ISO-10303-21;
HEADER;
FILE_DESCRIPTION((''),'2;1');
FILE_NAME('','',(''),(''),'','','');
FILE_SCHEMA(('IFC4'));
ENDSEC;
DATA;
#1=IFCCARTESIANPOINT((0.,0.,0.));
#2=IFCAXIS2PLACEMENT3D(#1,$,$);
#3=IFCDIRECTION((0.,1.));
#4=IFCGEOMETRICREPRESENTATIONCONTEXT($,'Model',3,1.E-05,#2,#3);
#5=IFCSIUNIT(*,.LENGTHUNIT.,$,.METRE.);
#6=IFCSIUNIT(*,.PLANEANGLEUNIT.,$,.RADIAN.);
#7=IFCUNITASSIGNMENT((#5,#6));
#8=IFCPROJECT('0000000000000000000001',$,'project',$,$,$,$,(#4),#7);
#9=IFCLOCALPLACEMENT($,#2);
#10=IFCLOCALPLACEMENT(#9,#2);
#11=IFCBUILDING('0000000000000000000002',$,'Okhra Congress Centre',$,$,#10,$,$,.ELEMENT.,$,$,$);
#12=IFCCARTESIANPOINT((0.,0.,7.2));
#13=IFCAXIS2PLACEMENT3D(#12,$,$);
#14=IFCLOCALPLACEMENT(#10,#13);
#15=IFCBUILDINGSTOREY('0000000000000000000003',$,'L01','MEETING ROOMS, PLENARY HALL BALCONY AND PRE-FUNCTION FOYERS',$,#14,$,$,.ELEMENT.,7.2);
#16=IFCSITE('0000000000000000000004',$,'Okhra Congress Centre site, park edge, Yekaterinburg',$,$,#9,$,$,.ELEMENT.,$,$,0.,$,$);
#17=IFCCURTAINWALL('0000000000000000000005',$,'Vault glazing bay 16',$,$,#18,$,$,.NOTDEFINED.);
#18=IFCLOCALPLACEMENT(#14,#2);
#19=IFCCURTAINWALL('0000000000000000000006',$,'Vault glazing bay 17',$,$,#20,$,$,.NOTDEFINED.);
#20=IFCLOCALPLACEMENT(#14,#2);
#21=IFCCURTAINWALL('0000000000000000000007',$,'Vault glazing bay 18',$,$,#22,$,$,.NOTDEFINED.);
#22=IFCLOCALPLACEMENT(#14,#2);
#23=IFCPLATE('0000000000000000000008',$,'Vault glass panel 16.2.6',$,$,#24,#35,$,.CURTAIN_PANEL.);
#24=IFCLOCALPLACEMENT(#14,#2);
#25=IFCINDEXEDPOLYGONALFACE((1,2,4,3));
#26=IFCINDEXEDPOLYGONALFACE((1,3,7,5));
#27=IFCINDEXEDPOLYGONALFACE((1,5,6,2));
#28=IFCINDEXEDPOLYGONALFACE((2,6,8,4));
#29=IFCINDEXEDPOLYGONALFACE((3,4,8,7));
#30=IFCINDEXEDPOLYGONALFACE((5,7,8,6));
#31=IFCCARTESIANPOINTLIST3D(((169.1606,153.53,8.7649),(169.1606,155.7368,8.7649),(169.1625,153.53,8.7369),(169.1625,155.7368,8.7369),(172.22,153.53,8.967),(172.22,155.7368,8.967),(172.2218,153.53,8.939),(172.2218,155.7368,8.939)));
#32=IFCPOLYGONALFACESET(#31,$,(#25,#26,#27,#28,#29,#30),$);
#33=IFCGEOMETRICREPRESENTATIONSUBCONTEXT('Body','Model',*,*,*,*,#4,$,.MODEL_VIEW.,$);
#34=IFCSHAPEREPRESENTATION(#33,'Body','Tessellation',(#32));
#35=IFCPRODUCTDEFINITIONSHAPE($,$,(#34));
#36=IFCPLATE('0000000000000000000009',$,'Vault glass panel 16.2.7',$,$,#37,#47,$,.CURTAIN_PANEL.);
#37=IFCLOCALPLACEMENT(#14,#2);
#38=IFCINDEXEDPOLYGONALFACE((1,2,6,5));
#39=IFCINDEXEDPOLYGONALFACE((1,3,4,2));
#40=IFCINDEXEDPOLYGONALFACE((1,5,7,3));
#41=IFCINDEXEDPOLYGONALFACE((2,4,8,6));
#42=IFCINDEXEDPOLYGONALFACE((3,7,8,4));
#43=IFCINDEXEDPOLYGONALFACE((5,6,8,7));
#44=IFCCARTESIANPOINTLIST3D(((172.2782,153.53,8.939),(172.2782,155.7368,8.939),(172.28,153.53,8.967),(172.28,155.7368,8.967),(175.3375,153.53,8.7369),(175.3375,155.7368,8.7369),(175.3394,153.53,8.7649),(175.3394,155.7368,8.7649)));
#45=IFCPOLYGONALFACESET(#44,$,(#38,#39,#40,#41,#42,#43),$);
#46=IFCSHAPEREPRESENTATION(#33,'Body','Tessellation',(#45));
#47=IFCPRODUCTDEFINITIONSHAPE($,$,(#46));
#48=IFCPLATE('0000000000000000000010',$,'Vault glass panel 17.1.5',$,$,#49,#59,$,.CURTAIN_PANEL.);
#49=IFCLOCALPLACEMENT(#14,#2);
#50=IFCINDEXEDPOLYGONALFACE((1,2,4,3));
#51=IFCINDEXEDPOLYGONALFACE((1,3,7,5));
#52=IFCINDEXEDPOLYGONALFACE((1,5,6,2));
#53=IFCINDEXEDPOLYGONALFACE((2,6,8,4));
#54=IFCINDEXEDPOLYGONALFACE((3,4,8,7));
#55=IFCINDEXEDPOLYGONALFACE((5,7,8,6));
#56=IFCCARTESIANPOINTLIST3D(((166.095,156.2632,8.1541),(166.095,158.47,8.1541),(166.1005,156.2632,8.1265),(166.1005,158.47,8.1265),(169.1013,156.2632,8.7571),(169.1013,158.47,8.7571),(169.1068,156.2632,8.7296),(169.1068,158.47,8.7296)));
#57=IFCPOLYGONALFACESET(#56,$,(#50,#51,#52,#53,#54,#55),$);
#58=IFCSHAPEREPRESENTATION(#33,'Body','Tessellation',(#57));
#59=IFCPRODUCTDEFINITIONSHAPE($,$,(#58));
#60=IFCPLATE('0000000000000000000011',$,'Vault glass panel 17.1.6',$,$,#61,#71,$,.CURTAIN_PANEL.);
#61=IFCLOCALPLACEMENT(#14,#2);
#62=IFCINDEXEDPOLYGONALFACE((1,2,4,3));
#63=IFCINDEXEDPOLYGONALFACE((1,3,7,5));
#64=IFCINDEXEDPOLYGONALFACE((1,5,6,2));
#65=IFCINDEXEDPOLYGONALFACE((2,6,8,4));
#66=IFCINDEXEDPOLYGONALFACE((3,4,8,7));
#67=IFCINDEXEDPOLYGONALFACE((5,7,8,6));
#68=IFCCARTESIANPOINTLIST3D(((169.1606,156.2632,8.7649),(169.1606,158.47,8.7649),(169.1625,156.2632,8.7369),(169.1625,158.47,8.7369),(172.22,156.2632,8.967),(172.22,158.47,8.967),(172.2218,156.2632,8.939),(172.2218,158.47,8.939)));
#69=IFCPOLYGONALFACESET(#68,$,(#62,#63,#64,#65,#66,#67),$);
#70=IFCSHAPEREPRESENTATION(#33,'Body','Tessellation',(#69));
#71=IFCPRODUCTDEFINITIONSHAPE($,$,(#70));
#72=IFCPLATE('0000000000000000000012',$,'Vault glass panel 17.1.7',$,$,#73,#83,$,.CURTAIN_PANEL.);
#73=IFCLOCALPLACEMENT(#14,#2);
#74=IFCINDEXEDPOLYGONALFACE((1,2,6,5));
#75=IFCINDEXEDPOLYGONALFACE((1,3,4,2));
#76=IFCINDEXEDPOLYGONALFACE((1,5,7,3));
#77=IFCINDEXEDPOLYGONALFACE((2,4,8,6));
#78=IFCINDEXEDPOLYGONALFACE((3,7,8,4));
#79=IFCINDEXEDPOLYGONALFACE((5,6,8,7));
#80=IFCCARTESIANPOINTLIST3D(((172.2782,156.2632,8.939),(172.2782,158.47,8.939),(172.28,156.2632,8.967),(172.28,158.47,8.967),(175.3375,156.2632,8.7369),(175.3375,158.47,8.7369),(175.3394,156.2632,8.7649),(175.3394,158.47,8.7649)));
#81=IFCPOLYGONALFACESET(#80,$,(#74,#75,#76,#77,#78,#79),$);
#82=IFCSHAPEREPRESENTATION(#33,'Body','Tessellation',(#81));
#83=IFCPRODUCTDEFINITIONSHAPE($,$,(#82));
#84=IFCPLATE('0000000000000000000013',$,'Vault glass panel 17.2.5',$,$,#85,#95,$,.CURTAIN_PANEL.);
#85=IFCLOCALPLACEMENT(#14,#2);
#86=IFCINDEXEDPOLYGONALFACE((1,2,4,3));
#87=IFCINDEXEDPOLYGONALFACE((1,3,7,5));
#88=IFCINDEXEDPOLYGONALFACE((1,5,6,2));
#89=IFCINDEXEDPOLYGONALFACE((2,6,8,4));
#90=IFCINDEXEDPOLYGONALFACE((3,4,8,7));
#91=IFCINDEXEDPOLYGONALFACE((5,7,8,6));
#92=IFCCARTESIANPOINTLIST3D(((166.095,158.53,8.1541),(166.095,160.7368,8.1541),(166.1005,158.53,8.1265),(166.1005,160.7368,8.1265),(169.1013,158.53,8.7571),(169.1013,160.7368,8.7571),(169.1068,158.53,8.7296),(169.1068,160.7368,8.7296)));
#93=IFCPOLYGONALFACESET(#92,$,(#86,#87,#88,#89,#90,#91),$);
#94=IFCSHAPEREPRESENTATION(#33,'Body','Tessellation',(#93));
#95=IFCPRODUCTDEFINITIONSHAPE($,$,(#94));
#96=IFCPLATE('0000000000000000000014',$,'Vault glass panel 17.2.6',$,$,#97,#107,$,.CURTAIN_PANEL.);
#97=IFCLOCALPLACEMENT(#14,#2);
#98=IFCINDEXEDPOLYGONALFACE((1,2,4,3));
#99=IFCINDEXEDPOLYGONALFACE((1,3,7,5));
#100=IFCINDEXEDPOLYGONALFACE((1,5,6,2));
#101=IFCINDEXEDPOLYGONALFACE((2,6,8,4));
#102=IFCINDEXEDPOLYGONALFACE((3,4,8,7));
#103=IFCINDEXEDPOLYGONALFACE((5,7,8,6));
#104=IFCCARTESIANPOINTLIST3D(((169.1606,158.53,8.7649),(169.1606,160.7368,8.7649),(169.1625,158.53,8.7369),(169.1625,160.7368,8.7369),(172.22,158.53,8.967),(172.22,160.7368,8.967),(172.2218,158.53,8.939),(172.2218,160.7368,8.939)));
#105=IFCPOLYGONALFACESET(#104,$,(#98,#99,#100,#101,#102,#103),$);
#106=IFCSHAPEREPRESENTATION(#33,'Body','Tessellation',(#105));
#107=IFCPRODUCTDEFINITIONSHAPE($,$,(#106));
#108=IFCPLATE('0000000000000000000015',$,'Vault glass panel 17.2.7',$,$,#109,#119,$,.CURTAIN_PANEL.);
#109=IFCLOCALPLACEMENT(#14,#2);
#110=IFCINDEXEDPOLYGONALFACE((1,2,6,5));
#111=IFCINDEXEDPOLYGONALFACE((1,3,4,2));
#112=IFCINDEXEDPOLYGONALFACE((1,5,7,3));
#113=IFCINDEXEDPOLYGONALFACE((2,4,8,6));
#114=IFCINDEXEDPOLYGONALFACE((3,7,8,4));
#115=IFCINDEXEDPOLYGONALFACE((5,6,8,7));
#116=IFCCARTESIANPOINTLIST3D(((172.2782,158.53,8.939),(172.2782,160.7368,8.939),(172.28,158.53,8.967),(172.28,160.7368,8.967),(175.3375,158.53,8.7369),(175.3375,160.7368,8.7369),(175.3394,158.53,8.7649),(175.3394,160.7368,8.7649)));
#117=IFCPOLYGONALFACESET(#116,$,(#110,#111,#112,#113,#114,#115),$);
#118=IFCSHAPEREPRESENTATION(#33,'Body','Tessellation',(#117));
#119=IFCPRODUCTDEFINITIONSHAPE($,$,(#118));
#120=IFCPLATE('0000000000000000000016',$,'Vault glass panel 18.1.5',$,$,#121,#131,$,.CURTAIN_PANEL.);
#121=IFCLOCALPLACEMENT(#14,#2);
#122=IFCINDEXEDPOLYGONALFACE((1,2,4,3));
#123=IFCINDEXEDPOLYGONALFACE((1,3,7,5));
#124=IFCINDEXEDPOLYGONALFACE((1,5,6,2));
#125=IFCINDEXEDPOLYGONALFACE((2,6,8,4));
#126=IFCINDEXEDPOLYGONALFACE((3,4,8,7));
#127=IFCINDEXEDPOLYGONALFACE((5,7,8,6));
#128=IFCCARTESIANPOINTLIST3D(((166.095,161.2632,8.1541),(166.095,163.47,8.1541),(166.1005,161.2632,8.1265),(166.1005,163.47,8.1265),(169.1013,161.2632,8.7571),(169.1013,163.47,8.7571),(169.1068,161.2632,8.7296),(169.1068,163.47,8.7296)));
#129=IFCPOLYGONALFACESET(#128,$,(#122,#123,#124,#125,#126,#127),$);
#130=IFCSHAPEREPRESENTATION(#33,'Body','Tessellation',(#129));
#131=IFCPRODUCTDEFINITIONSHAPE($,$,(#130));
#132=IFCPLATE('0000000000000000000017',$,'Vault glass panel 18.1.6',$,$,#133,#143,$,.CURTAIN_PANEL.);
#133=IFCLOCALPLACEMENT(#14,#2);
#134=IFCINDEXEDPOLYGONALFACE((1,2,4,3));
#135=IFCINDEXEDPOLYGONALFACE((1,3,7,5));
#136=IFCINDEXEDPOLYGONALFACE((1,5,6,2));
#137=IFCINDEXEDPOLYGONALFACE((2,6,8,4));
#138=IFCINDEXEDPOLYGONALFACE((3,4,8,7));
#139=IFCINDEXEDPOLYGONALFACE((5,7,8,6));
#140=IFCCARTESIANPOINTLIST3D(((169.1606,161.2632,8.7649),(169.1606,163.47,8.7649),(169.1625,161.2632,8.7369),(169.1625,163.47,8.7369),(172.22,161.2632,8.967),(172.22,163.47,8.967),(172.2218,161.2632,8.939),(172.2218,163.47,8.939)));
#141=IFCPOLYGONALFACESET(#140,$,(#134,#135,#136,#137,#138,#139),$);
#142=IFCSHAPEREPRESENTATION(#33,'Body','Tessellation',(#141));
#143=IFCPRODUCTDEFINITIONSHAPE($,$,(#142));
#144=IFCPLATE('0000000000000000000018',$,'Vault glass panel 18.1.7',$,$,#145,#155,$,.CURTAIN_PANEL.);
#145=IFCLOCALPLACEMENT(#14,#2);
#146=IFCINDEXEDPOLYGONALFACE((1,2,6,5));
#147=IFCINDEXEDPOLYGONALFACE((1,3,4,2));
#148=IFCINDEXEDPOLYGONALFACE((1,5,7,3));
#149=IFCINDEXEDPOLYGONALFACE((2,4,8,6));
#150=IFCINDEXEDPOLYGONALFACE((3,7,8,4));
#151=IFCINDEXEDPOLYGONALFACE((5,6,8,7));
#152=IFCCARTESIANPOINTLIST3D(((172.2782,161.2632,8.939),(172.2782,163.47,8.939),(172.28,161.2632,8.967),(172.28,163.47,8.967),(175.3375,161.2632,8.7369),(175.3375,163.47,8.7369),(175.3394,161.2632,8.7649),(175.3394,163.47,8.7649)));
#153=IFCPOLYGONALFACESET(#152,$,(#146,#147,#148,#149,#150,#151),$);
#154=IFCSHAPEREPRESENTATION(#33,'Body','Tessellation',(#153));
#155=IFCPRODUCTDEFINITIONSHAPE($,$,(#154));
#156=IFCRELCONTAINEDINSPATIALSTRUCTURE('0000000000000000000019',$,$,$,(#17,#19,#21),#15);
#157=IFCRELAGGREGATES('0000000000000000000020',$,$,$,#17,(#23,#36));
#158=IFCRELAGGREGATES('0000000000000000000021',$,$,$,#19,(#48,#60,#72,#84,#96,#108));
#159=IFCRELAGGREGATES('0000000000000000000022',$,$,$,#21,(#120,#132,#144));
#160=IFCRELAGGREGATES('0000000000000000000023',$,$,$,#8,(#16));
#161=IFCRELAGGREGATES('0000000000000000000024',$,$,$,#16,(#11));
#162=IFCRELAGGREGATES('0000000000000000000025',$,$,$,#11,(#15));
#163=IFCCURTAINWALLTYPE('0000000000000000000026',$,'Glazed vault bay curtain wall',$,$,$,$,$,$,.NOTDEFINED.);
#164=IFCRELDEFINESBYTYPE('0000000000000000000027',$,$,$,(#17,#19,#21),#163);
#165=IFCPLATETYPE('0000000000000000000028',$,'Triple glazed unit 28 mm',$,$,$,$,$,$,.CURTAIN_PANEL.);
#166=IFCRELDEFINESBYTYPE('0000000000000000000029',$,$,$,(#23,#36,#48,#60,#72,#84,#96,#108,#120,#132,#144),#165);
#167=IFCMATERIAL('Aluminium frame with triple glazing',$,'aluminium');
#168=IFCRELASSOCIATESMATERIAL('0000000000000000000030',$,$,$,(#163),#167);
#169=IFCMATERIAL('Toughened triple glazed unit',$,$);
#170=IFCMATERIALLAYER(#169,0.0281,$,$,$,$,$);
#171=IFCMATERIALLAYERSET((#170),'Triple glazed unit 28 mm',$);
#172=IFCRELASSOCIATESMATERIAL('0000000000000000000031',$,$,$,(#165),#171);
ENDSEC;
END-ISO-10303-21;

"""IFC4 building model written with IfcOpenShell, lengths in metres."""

from ifc_helpers import new_model, si_unit, direction, frame, origin, place, context, subcontext, project, spatial, polyline, outline, extrude, material, layer, layer_set, type_object, element, aggregate, save


model = new_model("IFC4")

# Units and contexts
model_context = context("Model", 3, precision=1e-05, world=origin(), true_north=direction((0.0, 1.0)))
body_context = subcontext(model_context, "Body", "Model", "MODEL_VIEW")
ifc_project = project(units=[si_unit("LENGTHUNIT", "METRE"), si_unit("PLANEANGLEUNIT", "RADIAN")], contexts=[model_context])

# Site, building, storey
site_placement = place(None, origin())
site = spatial("IfcSite", under=ifc_project, at=site_placement, Name="Okhra Congress Centre site, park edge, Yekaterinburg", CompositionType="ELEMENT", RefElevation=0.0)
building_placement = place(site_placement, origin())
building = spatial("IfcBuilding", under=site, at=building_placement, Name="Okhra Congress Centre", CompositionType="ELEMENT")
storey_placement = place(building_placement, frame((0.0, 0.0, 7.2)))
storey = spatial("IfcBuildingStorey", under=building, at=storey_placement, Name="L01", Description="MEETING ROOMS, PLENARY HALL BALCONY AND PRE-FUNCTION FOYERS", CompositionType="ELEMENT", Elevation=7.2)

# Curtain walls
ifc_material_1 = material(Name="Aluminium frame with triple glazing", Category="aluminium")
curtain_wall_type = type_object("IfcCurtainWallType", Name="Glazed vault bay curtain wall", PredefinedType="NOTDEFINED", material=ifc_material_1)
curtain_wall_1_placement = place(storey_placement, origin())
curtain_wall_1 = element("IfcCurtainWall", 1, at=curtain_wall_1_placement, inside=storey, type_object=curtain_wall_type, Name="Vault glazing bay 16", PredefinedType="NOTDEFINED")
curtain_wall_2_placement = place(storey_placement, origin())
curtain_wall_2 = element("IfcCurtainWall", 2, at=curtain_wall_2_placement, inside=storey, type_object=curtain_wall_type, Name="Vault glazing bay 17", PredefinedType="NOTDEFINED")
curtain_wall_3_placement = place(storey_placement, origin())
curtain_wall_3 = element("IfcCurtainWall", 3, at=curtain_wall_3_placement, inside=storey, type_object=curtain_wall_type, Name="Vault glazing bay 18", PredefinedType="NOTDEFINED")

# Plates
ifc_material_2 = material(Name="Toughened triple glazed unit")
ifc_layer = layer(ifc_material_2, 0.0281)
ifc_layer_set = layer_set([ifc_layer], Name="Triple glazed unit 28 mm")
plate_type = type_object("IfcPlateType", Name="Triple glazed unit 28 mm", PredefinedType="CURTAIN_PANEL", material=ifc_layer_set)
plate_1_placement = place(storey_placement, frame((169.1606, 153.53, 8.7649), z_axis=(-0.065932, 0.0, 0.997824), x_axis=(0.997824, 0.0, 0.065932)))
plate_1 = element("IfcPlate", 4, at=plate_1_placement, type_object=plate_type, Name="Vault glass panel 16.2.6", PredefinedType="CURTAIN_PANEL", context=body_context, shape_type="SweptSolid", body=[
    extrude(outline(polyline([(0.0, 0.0), (3.066, 0.0), (3.066, 2.2068), (0.0, 2.2068), (0.0, 0.0)])), origin(), (0.0, 0.0, -1.0), 0.0281),
])
plate_2_placement = place(storey_placement, frame((172.28, 153.53, 8.967), z_axis=(0.065932, 0.0, 0.997824), x_axis=(0.997824, 0.0, -0.065932)))
plate_2 = element("IfcPlate", 5, at=plate_2_placement, type_object=plate_type, Name="Vault glass panel 16.2.7", PredefinedType="CURTAIN_PANEL", context=body_context, shape_type="SweptSolid", body=[
    extrude(outline(polyline([(0.0, 0.0), (3.066, 0.0), (3.066, 2.2068), (0.0, 2.2068), (0.0, 0.0)])), origin(), (0.0, 0.0, -1.0), 0.0281),
])
aggregate(curtain_wall_1, [plate_1, plate_2])
plate_3_placement = place(storey_placement, frame((166.095, 156.2632, 8.1541), z_axis=(-0.196667, 0.0, 0.98047), x_axis=(0.98047, 0.0, 0.196667)))
plate_3 = element("IfcPlate", 6, at=plate_3_placement, type_object=plate_type, Name="Vault glass panel 17.1.5", PredefinedType="CURTAIN_PANEL", context=body_context, shape_type="SweptSolid", body=[
    extrude(outline(polyline([(0.0, 0.0), (3.0662, 0.0), (3.0662, 2.2068), (0.0, 2.2068), (0.0, 0.0)])), origin(), (0.0, 0.0, -1.0), 0.0281),
])
plate_4_placement = place(storey_placement, frame((169.1606, 156.2632, 8.7649), z_axis=(-0.065932, 0.0, 0.997824), x_axis=(0.997824, 0.0, 0.065932)))
plate_4 = element("IfcPlate", 7, at=plate_4_placement, type_object=plate_type, Name="Vault glass panel 17.1.6", PredefinedType="CURTAIN_PANEL", context=body_context, shape_type="SweptSolid", body=[
    extrude(outline(polyline([(0.0, 0.0), (3.066, 0.0), (3.066, 2.2068), (0.0, 2.2068), (0.0, 0.0)])), origin(), (0.0, 0.0, -1.0), 0.0281),
])
plate_5_placement = place(storey_placement, frame((172.28, 156.2632, 8.967), z_axis=(0.065932, 0.0, 0.997824), x_axis=(0.997824, 0.0, -0.065932)))
plate_5 = element("IfcPlate", 8, at=plate_5_placement, type_object=plate_type, Name="Vault glass panel 17.1.7", PredefinedType="CURTAIN_PANEL", context=body_context, shape_type="SweptSolid", body=[
    extrude(outline(polyline([(0.0, 0.0), (3.066, 0.0), (3.066, 2.2068), (0.0, 2.2068), (0.0, 0.0)])), origin(), (0.0, 0.0, -1.0), 0.0281),
])
plate_6_placement = place(storey_placement, frame((166.095, 158.53, 8.1541), z_axis=(-0.196667, 0.0, 0.98047), x_axis=(0.98047, 0.0, 0.196667)))
plate_6 = element("IfcPlate", 9, at=plate_6_placement, type_object=plate_type, Name="Vault glass panel 17.2.5", PredefinedType="CURTAIN_PANEL", context=body_context, shape_type="SweptSolid", body=[
    extrude(outline(polyline([(0.0, 0.0), (3.0662, 0.0), (3.0662, 2.2068), (0.0, 2.2068), (0.0, 0.0)])), origin(), (0.0, 0.0, -1.0), 0.0281),
])
plate_7_placement = place(storey_placement, frame((169.1606, 158.53, 8.7649), z_axis=(-0.065932, 0.0, 0.997824), x_axis=(0.997824, 0.0, 0.065932)))
plate_7 = element("IfcPlate", 10, at=plate_7_placement, type_object=plate_type, Name="Vault glass panel 17.2.6", PredefinedType="CURTAIN_PANEL", context=body_context, shape_type="SweptSolid", body=[
    extrude(outline(polyline([(0.0, 0.0), (3.066, 0.0), (3.066, 2.2068), (0.0, 2.2068), (0.0, 0.0)])), origin(), (0.0, 0.0, -1.0), 0.0281),
])
plate_8_placement = place(storey_placement, frame((172.28, 158.53, 8.967), z_axis=(0.065932, 0.0, 0.997824), x_axis=(0.997824, 0.0, -0.065932)))
plate_8 = element("IfcPlate", 11, at=plate_8_placement, type_object=plate_type, Name="Vault glass panel 17.2.7", PredefinedType="CURTAIN_PANEL", context=body_context, shape_type="SweptSolid", body=[
    extrude(outline(polyline([(0.0, 0.0), (3.066, 0.0), (3.066, 2.2068), (0.0, 2.2068), (0.0, 0.0)])), origin(), (0.0, 0.0, -1.0), 0.0281),
])
aggregate(curtain_wall_2, [plate_3, plate_4, plate_5, plate_6, plate_7, plate_8])
plate_9_placement = place(storey_placement, frame((166.095, 161.2632, 8.1541), z_axis=(-0.196667, 0.0, 0.98047), x_axis=(0.98047, 0.0, 0.196667)))
plate_9 = element("IfcPlate", 12, at=plate_9_placement, type_object=plate_type, Name="Vault glass panel 18.1.5", PredefinedType="CURTAIN_PANEL", context=body_context, shape_type="SweptSolid", body=[
    extrude(outline(polyline([(0.0, 0.0), (3.0662, 0.0), (3.0662, 2.2068), (0.0, 2.2068), (0.0, 0.0)])), origin(), (0.0, 0.0, -1.0), 0.0281),
])
plate_10_placement = place(storey_placement, frame((169.1606, 161.2632, 8.7649), z_axis=(-0.065932, 0.0, 0.997824), x_axis=(0.997824, 0.0, 0.065932)))
plate_10 = element("IfcPlate", 13, at=plate_10_placement, type_object=plate_type, Name="Vault glass panel 18.1.6", PredefinedType="CURTAIN_PANEL", context=body_context, shape_type="SweptSolid", body=[
    extrude(outline(polyline([(0.0, 0.0), (3.066, 0.0), (3.066, 2.2068), (0.0, 2.2068), (0.0, 0.0)])), origin(), (0.0, 0.0, -1.0), 0.0281),
])
plate_11_placement = place(storey_placement, frame((172.28, 161.2632, 8.967), z_axis=(0.065932, 0.0, 0.997824), x_axis=(0.997824, 0.0, -0.065932)))
plate_11 = element("IfcPlate", 14, at=plate_11_placement, type_object=plate_type, Name="Vault glass panel 18.1.7", PredefinedType="CURTAIN_PANEL", context=body_context, shape_type="SweptSolid", body=[
    extrude(outline(polyline([(0.0, 0.0), (3.066, 0.0), (3.066, 2.2068), (0.0, 2.2068), (0.0, 0.0)])), origin(), (0.0, 0.0, -1.0), 0.0281),
])
aggregate(curtain_wall_3, [plate_9, plate_10, plate_11])

save(model, "model.ifc")
